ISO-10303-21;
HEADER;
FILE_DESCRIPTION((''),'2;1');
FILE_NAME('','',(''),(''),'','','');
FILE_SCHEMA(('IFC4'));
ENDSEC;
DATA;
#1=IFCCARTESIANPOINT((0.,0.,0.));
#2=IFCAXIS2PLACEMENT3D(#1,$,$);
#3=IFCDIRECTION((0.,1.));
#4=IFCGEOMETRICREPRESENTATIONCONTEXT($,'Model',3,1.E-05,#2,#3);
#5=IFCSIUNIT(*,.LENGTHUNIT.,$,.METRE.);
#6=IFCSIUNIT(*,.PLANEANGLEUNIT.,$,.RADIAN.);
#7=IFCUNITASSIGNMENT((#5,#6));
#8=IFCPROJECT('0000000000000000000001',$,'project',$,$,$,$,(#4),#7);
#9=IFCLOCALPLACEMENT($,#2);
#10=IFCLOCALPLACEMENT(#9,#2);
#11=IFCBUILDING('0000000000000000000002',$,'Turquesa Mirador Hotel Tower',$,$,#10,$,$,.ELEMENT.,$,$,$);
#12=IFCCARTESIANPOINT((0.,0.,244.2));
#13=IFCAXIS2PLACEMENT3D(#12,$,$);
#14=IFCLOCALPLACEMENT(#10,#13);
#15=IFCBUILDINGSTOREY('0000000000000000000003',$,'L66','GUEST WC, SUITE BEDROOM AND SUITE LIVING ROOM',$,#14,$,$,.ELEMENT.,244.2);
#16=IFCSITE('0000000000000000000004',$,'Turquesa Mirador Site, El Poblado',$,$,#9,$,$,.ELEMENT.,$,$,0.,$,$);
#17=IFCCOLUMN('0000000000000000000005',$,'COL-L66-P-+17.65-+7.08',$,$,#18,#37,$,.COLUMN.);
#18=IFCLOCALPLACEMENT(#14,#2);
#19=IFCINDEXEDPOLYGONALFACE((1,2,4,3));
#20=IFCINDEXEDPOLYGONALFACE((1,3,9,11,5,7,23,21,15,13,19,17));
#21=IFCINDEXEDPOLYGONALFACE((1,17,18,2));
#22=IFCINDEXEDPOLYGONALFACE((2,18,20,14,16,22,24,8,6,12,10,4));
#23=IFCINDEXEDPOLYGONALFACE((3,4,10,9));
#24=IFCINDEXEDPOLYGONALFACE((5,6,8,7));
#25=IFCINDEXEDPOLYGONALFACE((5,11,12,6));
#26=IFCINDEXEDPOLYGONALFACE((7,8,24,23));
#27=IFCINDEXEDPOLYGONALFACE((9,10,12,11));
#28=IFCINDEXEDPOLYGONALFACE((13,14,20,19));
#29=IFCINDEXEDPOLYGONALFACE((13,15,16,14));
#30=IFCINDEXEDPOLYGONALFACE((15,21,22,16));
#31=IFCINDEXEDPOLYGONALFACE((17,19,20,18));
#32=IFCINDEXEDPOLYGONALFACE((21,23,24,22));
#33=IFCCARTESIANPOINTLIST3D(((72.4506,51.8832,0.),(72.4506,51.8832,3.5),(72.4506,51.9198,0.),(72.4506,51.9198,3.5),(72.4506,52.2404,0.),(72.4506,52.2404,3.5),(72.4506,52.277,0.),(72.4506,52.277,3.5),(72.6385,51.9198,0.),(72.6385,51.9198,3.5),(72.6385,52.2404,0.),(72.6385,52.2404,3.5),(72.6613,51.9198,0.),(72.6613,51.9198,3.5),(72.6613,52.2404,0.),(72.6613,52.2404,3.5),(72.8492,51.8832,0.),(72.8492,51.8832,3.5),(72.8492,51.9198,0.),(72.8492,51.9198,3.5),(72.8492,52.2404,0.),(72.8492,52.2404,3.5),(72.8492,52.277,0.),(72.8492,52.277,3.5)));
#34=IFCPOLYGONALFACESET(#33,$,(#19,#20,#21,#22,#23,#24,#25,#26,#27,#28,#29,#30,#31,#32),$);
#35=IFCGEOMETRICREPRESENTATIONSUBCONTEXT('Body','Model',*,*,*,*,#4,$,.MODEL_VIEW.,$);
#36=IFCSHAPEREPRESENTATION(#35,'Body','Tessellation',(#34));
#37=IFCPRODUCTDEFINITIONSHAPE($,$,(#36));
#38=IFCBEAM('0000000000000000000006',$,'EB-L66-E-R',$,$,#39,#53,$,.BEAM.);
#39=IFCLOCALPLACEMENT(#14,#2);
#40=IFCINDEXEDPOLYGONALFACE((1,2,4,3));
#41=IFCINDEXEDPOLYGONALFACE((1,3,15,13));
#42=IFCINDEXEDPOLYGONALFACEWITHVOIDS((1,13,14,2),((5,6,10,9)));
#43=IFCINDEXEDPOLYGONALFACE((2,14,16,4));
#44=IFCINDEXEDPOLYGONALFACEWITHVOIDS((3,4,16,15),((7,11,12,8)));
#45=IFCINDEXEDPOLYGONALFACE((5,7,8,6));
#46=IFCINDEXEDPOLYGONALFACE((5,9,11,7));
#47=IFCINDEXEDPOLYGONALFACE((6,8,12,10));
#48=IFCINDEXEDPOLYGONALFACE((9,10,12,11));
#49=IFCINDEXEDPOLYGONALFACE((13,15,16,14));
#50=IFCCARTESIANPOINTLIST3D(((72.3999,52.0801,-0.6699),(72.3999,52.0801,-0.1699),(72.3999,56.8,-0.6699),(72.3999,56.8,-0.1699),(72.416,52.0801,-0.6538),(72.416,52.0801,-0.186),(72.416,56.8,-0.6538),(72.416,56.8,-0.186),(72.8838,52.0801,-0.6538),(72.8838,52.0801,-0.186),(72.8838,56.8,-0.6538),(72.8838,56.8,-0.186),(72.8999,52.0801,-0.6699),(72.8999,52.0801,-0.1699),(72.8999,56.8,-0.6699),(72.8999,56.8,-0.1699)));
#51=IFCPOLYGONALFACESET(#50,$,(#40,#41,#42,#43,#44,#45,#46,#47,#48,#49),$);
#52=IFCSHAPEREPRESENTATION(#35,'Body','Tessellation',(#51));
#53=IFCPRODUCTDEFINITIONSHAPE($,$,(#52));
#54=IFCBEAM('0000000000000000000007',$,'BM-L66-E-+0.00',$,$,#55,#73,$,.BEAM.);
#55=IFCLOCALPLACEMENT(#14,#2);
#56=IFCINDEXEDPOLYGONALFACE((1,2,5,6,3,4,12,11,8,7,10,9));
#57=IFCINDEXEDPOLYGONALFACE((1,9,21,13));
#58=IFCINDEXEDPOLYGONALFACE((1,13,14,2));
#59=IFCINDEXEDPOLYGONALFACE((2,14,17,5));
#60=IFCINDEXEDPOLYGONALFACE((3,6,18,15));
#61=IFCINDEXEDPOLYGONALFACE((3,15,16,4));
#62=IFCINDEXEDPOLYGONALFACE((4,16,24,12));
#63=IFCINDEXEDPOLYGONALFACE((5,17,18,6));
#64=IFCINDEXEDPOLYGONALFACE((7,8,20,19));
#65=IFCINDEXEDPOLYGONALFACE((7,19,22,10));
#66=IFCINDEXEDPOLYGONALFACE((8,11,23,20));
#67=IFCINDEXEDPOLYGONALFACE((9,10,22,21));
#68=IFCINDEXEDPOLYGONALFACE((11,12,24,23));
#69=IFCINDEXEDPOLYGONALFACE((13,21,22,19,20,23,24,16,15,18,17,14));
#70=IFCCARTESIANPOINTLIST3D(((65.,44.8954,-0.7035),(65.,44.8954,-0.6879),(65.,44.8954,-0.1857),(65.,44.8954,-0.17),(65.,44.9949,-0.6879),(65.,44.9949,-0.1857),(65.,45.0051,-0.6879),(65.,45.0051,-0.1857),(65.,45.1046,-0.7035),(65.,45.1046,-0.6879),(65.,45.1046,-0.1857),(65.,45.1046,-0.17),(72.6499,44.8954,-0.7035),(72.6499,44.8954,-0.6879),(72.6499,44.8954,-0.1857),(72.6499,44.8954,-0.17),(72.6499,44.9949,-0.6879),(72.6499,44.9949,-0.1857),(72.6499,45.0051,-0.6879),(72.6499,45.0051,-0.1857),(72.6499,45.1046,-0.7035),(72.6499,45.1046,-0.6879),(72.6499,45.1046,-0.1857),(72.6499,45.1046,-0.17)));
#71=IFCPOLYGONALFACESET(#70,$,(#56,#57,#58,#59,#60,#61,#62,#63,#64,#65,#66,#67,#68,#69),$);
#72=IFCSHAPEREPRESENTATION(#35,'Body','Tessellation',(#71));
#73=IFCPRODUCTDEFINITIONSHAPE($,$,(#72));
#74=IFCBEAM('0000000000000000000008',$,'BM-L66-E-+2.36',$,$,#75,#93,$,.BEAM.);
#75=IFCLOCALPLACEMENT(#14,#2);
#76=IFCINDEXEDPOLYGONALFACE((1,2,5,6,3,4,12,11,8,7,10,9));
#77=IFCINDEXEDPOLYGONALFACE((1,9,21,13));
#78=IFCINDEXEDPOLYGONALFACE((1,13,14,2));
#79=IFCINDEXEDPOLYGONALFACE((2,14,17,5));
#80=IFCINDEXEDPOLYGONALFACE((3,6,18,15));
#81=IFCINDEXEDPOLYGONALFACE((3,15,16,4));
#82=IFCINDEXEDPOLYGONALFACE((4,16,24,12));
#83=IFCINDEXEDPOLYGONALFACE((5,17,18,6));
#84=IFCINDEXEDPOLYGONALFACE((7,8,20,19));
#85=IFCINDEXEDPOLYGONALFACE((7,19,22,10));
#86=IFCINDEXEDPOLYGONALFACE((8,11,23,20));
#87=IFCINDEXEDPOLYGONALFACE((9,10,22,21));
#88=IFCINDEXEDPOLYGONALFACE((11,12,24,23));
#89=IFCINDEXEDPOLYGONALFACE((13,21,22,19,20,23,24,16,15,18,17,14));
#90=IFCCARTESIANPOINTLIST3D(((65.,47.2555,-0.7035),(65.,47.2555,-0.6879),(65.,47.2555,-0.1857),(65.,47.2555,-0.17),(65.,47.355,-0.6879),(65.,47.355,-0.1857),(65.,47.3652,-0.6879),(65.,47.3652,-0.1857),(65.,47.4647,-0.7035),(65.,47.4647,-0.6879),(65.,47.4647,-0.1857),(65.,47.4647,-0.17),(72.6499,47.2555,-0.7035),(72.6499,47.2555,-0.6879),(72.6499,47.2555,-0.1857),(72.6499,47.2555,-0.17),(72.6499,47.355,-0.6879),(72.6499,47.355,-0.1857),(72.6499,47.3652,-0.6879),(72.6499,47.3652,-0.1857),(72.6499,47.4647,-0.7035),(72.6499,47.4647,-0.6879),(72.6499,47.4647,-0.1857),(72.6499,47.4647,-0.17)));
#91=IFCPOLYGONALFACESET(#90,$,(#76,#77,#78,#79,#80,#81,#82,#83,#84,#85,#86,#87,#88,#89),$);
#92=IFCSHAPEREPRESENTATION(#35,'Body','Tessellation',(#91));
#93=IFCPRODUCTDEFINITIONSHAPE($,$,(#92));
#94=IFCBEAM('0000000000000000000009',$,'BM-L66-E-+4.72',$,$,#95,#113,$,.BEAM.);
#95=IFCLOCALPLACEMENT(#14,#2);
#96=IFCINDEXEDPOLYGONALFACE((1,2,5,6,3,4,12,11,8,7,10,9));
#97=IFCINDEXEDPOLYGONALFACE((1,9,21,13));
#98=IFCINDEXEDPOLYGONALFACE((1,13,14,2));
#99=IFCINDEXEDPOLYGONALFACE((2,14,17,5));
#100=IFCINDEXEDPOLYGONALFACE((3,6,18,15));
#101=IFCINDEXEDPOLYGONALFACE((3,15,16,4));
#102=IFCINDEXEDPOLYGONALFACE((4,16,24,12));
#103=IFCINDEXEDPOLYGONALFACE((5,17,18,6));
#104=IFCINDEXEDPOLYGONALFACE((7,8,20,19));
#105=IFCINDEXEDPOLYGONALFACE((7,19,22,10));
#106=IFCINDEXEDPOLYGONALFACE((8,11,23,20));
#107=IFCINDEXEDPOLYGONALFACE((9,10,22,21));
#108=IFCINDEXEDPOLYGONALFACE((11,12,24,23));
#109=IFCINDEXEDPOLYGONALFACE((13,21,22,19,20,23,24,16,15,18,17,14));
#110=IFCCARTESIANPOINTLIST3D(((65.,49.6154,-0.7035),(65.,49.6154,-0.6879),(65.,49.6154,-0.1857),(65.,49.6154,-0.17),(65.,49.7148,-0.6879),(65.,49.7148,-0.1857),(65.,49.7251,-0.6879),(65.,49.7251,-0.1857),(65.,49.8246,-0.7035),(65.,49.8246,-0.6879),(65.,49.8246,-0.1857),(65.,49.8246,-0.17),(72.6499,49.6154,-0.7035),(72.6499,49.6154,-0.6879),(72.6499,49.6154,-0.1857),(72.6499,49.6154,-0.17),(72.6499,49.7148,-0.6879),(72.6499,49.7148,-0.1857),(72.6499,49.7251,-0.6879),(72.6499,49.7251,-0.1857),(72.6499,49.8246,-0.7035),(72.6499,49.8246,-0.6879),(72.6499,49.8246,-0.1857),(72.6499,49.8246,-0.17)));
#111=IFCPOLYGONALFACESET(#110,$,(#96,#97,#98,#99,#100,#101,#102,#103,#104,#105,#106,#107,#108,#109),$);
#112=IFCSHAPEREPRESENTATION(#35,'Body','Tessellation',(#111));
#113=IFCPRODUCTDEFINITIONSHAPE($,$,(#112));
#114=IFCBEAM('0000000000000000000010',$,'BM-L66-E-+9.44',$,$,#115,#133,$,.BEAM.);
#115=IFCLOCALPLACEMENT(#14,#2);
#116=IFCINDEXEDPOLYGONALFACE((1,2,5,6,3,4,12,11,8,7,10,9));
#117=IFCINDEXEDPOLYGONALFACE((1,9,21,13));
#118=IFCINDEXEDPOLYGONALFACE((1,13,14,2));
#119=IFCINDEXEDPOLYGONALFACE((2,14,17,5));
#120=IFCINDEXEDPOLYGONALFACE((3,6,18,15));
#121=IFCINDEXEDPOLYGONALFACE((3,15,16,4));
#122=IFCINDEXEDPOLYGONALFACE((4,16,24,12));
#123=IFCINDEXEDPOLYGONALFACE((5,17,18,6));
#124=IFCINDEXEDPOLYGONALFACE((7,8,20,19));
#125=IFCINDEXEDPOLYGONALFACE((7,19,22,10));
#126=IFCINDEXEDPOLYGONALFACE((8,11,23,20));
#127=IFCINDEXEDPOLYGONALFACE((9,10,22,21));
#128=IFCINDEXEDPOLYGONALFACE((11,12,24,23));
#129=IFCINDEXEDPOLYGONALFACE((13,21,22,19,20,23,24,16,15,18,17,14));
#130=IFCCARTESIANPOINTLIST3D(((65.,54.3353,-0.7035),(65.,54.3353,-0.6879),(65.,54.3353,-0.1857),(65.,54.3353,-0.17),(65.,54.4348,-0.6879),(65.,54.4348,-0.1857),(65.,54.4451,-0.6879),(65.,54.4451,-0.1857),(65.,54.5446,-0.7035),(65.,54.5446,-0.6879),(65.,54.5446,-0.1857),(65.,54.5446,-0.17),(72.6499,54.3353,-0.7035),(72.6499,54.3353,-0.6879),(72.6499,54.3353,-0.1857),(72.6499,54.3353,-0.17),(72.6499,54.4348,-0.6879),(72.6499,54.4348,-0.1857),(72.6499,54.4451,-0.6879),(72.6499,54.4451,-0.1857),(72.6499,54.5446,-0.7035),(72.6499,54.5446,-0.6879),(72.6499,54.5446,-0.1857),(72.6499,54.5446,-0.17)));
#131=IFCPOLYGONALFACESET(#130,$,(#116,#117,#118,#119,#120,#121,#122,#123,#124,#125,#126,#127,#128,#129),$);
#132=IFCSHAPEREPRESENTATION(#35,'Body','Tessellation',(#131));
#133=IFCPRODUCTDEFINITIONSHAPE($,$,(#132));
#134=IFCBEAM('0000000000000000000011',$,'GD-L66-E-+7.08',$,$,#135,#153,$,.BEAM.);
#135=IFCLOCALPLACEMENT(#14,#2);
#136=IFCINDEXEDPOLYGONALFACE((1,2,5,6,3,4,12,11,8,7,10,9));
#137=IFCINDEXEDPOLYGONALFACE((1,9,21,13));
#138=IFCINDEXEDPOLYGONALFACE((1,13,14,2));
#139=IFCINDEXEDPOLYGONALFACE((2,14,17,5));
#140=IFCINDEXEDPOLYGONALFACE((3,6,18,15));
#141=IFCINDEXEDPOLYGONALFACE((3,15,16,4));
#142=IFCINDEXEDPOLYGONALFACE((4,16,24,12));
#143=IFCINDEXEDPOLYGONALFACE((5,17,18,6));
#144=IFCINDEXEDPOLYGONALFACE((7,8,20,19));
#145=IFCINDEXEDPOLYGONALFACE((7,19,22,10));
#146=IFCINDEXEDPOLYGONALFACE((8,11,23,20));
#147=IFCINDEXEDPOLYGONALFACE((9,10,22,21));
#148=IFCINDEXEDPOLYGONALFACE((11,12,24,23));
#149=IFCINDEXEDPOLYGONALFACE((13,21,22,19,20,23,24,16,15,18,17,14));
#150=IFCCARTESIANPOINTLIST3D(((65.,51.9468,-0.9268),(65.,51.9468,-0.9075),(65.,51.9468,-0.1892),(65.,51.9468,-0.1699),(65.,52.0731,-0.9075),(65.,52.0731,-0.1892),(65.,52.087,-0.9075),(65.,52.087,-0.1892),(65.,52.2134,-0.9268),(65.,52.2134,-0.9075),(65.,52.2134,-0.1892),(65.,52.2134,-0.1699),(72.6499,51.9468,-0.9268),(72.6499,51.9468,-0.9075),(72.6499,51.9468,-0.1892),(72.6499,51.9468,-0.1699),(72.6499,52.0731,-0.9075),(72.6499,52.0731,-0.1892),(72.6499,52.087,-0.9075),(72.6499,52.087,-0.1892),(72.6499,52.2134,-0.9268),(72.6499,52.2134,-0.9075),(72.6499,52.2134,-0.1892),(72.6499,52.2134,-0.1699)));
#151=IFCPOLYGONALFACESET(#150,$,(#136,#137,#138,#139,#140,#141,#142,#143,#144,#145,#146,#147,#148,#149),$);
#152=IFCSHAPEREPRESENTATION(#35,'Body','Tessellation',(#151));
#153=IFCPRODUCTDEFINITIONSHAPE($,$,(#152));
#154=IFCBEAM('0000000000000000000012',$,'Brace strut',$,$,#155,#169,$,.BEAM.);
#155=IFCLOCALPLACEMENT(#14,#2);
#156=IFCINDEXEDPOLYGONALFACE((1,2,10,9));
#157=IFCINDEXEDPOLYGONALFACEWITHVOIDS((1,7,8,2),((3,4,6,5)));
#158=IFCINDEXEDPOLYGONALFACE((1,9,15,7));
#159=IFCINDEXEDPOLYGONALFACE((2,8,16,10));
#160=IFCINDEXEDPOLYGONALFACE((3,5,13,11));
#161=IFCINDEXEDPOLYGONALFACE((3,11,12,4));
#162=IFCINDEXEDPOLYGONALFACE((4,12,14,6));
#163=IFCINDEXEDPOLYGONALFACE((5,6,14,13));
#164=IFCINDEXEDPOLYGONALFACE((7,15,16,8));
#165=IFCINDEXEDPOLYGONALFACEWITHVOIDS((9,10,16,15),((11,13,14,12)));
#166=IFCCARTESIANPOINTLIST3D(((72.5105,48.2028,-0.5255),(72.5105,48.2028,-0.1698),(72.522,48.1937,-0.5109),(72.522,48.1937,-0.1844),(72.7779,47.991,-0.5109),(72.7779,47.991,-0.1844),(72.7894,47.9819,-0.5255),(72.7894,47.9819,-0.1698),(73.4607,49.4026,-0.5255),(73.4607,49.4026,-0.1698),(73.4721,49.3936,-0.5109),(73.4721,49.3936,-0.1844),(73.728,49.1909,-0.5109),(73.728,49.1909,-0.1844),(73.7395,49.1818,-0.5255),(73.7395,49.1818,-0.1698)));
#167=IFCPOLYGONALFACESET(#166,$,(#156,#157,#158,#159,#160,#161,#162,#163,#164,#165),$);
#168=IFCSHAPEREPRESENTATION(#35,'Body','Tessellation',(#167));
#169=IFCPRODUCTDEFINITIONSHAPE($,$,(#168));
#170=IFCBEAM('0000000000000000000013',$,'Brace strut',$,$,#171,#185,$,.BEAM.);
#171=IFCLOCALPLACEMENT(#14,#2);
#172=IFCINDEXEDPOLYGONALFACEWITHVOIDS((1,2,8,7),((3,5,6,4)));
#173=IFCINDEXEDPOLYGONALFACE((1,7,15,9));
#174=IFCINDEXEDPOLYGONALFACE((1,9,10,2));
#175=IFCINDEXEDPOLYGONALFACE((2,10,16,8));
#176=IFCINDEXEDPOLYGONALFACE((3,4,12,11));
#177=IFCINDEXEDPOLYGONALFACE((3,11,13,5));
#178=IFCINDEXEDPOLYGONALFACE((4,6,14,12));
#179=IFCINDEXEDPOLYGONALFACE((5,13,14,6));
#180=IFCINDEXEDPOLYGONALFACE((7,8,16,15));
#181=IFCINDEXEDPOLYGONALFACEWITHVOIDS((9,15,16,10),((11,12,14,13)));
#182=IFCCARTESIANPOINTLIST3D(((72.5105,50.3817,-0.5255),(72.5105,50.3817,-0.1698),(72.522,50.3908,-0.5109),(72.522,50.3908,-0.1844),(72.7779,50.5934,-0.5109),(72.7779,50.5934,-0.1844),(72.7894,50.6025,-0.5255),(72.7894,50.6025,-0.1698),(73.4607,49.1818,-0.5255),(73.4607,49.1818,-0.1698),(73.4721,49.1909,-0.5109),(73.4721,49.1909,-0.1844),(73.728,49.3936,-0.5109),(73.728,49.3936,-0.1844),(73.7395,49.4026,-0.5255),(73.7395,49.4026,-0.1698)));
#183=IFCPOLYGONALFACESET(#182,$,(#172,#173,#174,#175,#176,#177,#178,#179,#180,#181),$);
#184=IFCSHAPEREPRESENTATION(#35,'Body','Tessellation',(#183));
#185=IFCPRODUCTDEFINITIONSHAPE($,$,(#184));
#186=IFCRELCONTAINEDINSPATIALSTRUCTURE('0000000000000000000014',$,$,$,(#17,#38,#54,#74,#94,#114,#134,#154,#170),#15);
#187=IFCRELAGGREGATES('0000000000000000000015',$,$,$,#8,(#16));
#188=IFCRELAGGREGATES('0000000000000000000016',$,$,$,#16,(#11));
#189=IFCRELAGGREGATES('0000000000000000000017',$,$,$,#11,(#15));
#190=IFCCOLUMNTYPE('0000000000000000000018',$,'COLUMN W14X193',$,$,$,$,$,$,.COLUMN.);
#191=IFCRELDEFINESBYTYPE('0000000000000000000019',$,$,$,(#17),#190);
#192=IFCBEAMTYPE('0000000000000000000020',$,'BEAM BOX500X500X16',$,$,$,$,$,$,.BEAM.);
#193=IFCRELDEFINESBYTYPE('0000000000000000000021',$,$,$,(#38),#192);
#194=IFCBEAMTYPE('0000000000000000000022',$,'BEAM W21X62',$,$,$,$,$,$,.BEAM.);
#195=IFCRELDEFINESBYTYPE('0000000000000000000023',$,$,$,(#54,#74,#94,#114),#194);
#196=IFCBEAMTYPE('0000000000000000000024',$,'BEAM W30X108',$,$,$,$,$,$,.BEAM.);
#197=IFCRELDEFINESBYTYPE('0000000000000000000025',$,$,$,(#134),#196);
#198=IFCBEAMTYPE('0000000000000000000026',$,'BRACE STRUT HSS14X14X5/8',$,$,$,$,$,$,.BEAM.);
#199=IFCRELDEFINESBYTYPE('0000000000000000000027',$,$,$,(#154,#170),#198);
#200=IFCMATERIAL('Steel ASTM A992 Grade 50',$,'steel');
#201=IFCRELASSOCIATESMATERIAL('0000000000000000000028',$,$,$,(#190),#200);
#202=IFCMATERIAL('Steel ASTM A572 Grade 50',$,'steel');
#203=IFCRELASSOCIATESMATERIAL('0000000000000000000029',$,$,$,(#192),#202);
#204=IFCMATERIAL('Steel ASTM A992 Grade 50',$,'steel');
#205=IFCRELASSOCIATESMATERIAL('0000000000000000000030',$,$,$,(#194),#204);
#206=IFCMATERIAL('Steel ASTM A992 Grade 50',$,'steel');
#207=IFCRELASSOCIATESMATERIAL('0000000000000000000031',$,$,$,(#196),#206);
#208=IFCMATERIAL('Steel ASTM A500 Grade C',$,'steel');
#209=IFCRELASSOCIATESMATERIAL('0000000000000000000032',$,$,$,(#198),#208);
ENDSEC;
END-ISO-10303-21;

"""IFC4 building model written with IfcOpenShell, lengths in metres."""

from ifc_helpers import new_model, si_unit, direction, frame, origin, origin_2d, place, context, subcontext, project, spatial, hollow_rectangle, i_section, extrude, material, material_profile, profile_set, type_object, element, save


model = new_model("IFC4")

# Units and contexts
model_context = context("Model", 3, precision=1e-05, world=origin(), true_north=direction((0.0, 1.0)))
body_context = subcontext(model_context, "Body", "Model", "MODEL_VIEW")
ifc_project = project(units=[si_unit("LENGTHUNIT", "METRE"), si_unit("PLANEANGLEUNIT", "RADIAN")], contexts=[model_context])

# Site, building, storey
site_placement = place(None, origin())
site = spatial("IfcSite", under=ifc_project, at=site_placement, Name="Turquesa Mirador Site, El Poblado", CompositionType="ELEMENT", RefElevation=0.0)
building_placement = place(site_placement, origin())
building = spatial("IfcBuilding", under=site, at=building_placement, Name="Turquesa Mirador Hotel Tower", CompositionType="ELEMENT")
storey_placement = place(building_placement, frame((0.0, 0.0, 244.2)))
storey = spatial("IfcBuildingStorey", under=building, at=storey_placement, Name="L66", Description="GUEST WC, SUITE BEDROOM AND SUITE LIVING ROOM", CompositionType="ELEMENT", Elevation=244.2)

# Column
ifc_material_1 = material(Name="Steel ASTM A992 Grade 50", Category="steel")
ifc_material_profile_1 = material_profile(ifc_material_1, i_section(OverallWidth=0.3987, OverallDepth=0.3938, WebThickness=0.0227, FlangeThickness=0.0366, at=origin_2d()), Name="W14X193")
ifc_profile_set_1 = profile_set([ifc_material_profile_1], Name="Steel ASTM A992 Grade 50")
column_type = type_object("IfcColumnType", Name="COLUMN W14X193", PredefinedType="COLUMN", material=ifc_profile_set_1)
column_placement = place(storey_placement, frame((72.6499, 52.0801, 0.0), z_axis=(0.0, 0.0, 1.0), x_axis=(1.0, 0.0, 0.0)))
element("IfcColumn", 1, at=column_placement, inside=storey, type_object=column_type, Name="COL-L66-P-+17.65-+7.08", PredefinedType="COLUMN", context=body_context, shape_type="SweptSolid", body=[
    extrude(i_section(OverallWidth=0.3987, OverallDepth=0.3938, WebThickness=0.0227, FlangeThickness=0.0366, at=origin_2d()), origin(), (0.0, 0.0, 1.0), 3.5),
])

# Beams
ifc_material_2 = material(Name="Steel ASTM A572 Grade 50", Category="steel")
ifc_material_profile_2 = material_profile(ifc_material_2, hollow_rectangle(XDim=0.5, YDim=0.5, WallThickness=0.0161, at=origin_2d()), Name="BOX500X500X16")
ifc_profile_set_2 = profile_set([ifc_material_profile_2], Name="Steel ASTM A572 Grade 50")
beam_type_1 = type_object("IfcBeamType", Name="BEAM BOX500X500X16", PredefinedType="BEAM", material=ifc_profile_set_2)
beam_1_placement = place(storey_placement, frame((72.6499, 52.0801, -0.4199), z_axis=(0.0, 1.0, 0.0), x_axis=(-1.0, 0.0, 0.0)))
element("IfcBeam", 2, at=beam_1_placement, inside=storey, type_object=beam_type_1, Name="EB-L66-E-R", PredefinedType="BEAM", context=body_context, shape_type="SweptSolid", body=[
    extrude(hollow_rectangle(XDim=0.5, YDim=0.5, WallThickness=0.0161, at=origin_2d()), origin(), (0.0, 0.0, 1.0), 4.72),
])
ifc_material_3 = material(Name="Steel ASTM A992 Grade 50", Category="steel")
ifc_material_profile_3 = material_profile(ifc_material_3, i_section(OverallWidth=0.2092, OverallDepth=0.5334, WebThickness=0.0103, FlangeThickness=0.0156, at=origin_2d()), Name="W21X62")
ifc_profile_set_3 = profile_set([ifc_material_profile_3], Name="Steel ASTM A992 Grade 50")
beam_type_2 = type_object("IfcBeamType", Name="BEAM W21X62", PredefinedType="BEAM", material=ifc_profile_set_3)
for number, where, z_axis, x_axis, name in (
    (3, (72.6499, 45.0, -0.4368), (-1.0, 0.0, 0.0), (0.0, -1.0, 0.0), "BM-L66-E-+0.00"),
    (4, (72.6499, 47.3601, -0.4368), (-1.0, 0.0, 0.0), (0.0, -1.0, 0.0), "BM-L66-E-+2.36"),
    (5, (72.6499, 49.72, -0.4368), (-1.0, 0.0, 0.0), (0.0, -1.0, 0.0), "BM-L66-E-+4.72"),
    (6, (72.6499, 54.4399, -0.4368), (-1.0, 0.0, 0.0), (0.0, -1.0, 0.0), "BM-L66-E-+9.44"),
):
    element("IfcBeam", number, at=place(storey_placement, frame(where, z_axis=z_axis, x_axis=x_axis)), inside=storey, type_object=beam_type_2, Name=name, PredefinedType="BEAM", context=body_context, shape_type="SweptSolid", body=[
        extrude(i_section(OverallWidth=0.2092, OverallDepth=0.5334, WebThickness=0.0103, FlangeThickness=0.0156, at=origin_2d()), origin(), (0.0, 0.0, 1.0), 7.6499),
    ])
ifc_material_4 = material(Name="Steel ASTM A992 Grade 50", Category="steel")
ifc_material_profile_4 = material_profile(ifc_material_4, i_section(OverallWidth=0.2666, OverallDepth=0.7568, WebThickness=0.0139, FlangeThickness=0.0193, at=origin_2d()), Name="W30X108")
ifc_profile_set_4 = profile_set([ifc_material_profile_4], Name="Steel ASTM A992 Grade 50")
beam_type_3 = type_object("IfcBeamType", Name="BEAM W30X108", PredefinedType="BEAM", material=ifc_profile_set_4)
beam_2_placement = place(storey_placement, frame((72.6499, 52.0801, -0.5483), z_axis=(-1.0, 0.0, 0.0), x_axis=(0.0, -1.0, 0.0)))
element("IfcBeam", 7, at=beam_2_placement, inside=storey, type_object=beam_type_3, Name="GD-L66-E-+7.08", PredefinedType="BEAM", context=body_context, shape_type="SweptSolid", body=[
    extrude(i_section(OverallWidth=0.2666, OverallDepth=0.7568, WebThickness=0.0139, FlangeThickness=0.0193, at=origin_2d()), origin(), (0.0, 0.0, 1.0), 7.6499),
])
ifc_material_5 = material(Name="Steel ASTM A500 Grade C", Category="steel")
ifc_material_profile_5 = material_profile(ifc_material_5, hollow_rectangle(XDim=0.3557, YDim=0.3557, WallThickness=0.0146, at=origin_2d()), Name="HSS14X14X5/8")
ifc_profile_set_5 = profile_set([ifc_material_profile_5], Name="Steel ASTM A500 Grade C")
beam_type_4 = type_object("IfcBeamType", Name="BRACE STRUT HSS14X14X5/8", PredefinedType="BEAM", material=ifc_profile_set_5)
for number, where, z_axis, x_axis, name in (
    (8, (73.6001, 49.2922, -0.3477), (-0.620797, -0.783971, 0.0), (0.783971, -0.620797, 0.0), "Brace strut"),
    (9, (73.6001, 49.2922, -0.3477), (-0.620797, 0.783971, 0.0), (-0.783971, -0.620797, 0.0), "Brace strut"),
):
    element("IfcBeam", number, at=place(storey_placement, frame(where, z_axis=z_axis, x_axis=x_axis)), inside=storey, type_object=beam_type_4, Name=name, PredefinedType="BEAM", context=body_context, shape_type="SweptSolid", body=[
        extrude(hollow_rectangle(XDim=0.3557, YDim=0.3557, WallThickness=0.0146, at=origin_2d()), origin(), (0.0, 0.0, 1.0), 1.5305),
    ])

save(model, "model.ifc")
